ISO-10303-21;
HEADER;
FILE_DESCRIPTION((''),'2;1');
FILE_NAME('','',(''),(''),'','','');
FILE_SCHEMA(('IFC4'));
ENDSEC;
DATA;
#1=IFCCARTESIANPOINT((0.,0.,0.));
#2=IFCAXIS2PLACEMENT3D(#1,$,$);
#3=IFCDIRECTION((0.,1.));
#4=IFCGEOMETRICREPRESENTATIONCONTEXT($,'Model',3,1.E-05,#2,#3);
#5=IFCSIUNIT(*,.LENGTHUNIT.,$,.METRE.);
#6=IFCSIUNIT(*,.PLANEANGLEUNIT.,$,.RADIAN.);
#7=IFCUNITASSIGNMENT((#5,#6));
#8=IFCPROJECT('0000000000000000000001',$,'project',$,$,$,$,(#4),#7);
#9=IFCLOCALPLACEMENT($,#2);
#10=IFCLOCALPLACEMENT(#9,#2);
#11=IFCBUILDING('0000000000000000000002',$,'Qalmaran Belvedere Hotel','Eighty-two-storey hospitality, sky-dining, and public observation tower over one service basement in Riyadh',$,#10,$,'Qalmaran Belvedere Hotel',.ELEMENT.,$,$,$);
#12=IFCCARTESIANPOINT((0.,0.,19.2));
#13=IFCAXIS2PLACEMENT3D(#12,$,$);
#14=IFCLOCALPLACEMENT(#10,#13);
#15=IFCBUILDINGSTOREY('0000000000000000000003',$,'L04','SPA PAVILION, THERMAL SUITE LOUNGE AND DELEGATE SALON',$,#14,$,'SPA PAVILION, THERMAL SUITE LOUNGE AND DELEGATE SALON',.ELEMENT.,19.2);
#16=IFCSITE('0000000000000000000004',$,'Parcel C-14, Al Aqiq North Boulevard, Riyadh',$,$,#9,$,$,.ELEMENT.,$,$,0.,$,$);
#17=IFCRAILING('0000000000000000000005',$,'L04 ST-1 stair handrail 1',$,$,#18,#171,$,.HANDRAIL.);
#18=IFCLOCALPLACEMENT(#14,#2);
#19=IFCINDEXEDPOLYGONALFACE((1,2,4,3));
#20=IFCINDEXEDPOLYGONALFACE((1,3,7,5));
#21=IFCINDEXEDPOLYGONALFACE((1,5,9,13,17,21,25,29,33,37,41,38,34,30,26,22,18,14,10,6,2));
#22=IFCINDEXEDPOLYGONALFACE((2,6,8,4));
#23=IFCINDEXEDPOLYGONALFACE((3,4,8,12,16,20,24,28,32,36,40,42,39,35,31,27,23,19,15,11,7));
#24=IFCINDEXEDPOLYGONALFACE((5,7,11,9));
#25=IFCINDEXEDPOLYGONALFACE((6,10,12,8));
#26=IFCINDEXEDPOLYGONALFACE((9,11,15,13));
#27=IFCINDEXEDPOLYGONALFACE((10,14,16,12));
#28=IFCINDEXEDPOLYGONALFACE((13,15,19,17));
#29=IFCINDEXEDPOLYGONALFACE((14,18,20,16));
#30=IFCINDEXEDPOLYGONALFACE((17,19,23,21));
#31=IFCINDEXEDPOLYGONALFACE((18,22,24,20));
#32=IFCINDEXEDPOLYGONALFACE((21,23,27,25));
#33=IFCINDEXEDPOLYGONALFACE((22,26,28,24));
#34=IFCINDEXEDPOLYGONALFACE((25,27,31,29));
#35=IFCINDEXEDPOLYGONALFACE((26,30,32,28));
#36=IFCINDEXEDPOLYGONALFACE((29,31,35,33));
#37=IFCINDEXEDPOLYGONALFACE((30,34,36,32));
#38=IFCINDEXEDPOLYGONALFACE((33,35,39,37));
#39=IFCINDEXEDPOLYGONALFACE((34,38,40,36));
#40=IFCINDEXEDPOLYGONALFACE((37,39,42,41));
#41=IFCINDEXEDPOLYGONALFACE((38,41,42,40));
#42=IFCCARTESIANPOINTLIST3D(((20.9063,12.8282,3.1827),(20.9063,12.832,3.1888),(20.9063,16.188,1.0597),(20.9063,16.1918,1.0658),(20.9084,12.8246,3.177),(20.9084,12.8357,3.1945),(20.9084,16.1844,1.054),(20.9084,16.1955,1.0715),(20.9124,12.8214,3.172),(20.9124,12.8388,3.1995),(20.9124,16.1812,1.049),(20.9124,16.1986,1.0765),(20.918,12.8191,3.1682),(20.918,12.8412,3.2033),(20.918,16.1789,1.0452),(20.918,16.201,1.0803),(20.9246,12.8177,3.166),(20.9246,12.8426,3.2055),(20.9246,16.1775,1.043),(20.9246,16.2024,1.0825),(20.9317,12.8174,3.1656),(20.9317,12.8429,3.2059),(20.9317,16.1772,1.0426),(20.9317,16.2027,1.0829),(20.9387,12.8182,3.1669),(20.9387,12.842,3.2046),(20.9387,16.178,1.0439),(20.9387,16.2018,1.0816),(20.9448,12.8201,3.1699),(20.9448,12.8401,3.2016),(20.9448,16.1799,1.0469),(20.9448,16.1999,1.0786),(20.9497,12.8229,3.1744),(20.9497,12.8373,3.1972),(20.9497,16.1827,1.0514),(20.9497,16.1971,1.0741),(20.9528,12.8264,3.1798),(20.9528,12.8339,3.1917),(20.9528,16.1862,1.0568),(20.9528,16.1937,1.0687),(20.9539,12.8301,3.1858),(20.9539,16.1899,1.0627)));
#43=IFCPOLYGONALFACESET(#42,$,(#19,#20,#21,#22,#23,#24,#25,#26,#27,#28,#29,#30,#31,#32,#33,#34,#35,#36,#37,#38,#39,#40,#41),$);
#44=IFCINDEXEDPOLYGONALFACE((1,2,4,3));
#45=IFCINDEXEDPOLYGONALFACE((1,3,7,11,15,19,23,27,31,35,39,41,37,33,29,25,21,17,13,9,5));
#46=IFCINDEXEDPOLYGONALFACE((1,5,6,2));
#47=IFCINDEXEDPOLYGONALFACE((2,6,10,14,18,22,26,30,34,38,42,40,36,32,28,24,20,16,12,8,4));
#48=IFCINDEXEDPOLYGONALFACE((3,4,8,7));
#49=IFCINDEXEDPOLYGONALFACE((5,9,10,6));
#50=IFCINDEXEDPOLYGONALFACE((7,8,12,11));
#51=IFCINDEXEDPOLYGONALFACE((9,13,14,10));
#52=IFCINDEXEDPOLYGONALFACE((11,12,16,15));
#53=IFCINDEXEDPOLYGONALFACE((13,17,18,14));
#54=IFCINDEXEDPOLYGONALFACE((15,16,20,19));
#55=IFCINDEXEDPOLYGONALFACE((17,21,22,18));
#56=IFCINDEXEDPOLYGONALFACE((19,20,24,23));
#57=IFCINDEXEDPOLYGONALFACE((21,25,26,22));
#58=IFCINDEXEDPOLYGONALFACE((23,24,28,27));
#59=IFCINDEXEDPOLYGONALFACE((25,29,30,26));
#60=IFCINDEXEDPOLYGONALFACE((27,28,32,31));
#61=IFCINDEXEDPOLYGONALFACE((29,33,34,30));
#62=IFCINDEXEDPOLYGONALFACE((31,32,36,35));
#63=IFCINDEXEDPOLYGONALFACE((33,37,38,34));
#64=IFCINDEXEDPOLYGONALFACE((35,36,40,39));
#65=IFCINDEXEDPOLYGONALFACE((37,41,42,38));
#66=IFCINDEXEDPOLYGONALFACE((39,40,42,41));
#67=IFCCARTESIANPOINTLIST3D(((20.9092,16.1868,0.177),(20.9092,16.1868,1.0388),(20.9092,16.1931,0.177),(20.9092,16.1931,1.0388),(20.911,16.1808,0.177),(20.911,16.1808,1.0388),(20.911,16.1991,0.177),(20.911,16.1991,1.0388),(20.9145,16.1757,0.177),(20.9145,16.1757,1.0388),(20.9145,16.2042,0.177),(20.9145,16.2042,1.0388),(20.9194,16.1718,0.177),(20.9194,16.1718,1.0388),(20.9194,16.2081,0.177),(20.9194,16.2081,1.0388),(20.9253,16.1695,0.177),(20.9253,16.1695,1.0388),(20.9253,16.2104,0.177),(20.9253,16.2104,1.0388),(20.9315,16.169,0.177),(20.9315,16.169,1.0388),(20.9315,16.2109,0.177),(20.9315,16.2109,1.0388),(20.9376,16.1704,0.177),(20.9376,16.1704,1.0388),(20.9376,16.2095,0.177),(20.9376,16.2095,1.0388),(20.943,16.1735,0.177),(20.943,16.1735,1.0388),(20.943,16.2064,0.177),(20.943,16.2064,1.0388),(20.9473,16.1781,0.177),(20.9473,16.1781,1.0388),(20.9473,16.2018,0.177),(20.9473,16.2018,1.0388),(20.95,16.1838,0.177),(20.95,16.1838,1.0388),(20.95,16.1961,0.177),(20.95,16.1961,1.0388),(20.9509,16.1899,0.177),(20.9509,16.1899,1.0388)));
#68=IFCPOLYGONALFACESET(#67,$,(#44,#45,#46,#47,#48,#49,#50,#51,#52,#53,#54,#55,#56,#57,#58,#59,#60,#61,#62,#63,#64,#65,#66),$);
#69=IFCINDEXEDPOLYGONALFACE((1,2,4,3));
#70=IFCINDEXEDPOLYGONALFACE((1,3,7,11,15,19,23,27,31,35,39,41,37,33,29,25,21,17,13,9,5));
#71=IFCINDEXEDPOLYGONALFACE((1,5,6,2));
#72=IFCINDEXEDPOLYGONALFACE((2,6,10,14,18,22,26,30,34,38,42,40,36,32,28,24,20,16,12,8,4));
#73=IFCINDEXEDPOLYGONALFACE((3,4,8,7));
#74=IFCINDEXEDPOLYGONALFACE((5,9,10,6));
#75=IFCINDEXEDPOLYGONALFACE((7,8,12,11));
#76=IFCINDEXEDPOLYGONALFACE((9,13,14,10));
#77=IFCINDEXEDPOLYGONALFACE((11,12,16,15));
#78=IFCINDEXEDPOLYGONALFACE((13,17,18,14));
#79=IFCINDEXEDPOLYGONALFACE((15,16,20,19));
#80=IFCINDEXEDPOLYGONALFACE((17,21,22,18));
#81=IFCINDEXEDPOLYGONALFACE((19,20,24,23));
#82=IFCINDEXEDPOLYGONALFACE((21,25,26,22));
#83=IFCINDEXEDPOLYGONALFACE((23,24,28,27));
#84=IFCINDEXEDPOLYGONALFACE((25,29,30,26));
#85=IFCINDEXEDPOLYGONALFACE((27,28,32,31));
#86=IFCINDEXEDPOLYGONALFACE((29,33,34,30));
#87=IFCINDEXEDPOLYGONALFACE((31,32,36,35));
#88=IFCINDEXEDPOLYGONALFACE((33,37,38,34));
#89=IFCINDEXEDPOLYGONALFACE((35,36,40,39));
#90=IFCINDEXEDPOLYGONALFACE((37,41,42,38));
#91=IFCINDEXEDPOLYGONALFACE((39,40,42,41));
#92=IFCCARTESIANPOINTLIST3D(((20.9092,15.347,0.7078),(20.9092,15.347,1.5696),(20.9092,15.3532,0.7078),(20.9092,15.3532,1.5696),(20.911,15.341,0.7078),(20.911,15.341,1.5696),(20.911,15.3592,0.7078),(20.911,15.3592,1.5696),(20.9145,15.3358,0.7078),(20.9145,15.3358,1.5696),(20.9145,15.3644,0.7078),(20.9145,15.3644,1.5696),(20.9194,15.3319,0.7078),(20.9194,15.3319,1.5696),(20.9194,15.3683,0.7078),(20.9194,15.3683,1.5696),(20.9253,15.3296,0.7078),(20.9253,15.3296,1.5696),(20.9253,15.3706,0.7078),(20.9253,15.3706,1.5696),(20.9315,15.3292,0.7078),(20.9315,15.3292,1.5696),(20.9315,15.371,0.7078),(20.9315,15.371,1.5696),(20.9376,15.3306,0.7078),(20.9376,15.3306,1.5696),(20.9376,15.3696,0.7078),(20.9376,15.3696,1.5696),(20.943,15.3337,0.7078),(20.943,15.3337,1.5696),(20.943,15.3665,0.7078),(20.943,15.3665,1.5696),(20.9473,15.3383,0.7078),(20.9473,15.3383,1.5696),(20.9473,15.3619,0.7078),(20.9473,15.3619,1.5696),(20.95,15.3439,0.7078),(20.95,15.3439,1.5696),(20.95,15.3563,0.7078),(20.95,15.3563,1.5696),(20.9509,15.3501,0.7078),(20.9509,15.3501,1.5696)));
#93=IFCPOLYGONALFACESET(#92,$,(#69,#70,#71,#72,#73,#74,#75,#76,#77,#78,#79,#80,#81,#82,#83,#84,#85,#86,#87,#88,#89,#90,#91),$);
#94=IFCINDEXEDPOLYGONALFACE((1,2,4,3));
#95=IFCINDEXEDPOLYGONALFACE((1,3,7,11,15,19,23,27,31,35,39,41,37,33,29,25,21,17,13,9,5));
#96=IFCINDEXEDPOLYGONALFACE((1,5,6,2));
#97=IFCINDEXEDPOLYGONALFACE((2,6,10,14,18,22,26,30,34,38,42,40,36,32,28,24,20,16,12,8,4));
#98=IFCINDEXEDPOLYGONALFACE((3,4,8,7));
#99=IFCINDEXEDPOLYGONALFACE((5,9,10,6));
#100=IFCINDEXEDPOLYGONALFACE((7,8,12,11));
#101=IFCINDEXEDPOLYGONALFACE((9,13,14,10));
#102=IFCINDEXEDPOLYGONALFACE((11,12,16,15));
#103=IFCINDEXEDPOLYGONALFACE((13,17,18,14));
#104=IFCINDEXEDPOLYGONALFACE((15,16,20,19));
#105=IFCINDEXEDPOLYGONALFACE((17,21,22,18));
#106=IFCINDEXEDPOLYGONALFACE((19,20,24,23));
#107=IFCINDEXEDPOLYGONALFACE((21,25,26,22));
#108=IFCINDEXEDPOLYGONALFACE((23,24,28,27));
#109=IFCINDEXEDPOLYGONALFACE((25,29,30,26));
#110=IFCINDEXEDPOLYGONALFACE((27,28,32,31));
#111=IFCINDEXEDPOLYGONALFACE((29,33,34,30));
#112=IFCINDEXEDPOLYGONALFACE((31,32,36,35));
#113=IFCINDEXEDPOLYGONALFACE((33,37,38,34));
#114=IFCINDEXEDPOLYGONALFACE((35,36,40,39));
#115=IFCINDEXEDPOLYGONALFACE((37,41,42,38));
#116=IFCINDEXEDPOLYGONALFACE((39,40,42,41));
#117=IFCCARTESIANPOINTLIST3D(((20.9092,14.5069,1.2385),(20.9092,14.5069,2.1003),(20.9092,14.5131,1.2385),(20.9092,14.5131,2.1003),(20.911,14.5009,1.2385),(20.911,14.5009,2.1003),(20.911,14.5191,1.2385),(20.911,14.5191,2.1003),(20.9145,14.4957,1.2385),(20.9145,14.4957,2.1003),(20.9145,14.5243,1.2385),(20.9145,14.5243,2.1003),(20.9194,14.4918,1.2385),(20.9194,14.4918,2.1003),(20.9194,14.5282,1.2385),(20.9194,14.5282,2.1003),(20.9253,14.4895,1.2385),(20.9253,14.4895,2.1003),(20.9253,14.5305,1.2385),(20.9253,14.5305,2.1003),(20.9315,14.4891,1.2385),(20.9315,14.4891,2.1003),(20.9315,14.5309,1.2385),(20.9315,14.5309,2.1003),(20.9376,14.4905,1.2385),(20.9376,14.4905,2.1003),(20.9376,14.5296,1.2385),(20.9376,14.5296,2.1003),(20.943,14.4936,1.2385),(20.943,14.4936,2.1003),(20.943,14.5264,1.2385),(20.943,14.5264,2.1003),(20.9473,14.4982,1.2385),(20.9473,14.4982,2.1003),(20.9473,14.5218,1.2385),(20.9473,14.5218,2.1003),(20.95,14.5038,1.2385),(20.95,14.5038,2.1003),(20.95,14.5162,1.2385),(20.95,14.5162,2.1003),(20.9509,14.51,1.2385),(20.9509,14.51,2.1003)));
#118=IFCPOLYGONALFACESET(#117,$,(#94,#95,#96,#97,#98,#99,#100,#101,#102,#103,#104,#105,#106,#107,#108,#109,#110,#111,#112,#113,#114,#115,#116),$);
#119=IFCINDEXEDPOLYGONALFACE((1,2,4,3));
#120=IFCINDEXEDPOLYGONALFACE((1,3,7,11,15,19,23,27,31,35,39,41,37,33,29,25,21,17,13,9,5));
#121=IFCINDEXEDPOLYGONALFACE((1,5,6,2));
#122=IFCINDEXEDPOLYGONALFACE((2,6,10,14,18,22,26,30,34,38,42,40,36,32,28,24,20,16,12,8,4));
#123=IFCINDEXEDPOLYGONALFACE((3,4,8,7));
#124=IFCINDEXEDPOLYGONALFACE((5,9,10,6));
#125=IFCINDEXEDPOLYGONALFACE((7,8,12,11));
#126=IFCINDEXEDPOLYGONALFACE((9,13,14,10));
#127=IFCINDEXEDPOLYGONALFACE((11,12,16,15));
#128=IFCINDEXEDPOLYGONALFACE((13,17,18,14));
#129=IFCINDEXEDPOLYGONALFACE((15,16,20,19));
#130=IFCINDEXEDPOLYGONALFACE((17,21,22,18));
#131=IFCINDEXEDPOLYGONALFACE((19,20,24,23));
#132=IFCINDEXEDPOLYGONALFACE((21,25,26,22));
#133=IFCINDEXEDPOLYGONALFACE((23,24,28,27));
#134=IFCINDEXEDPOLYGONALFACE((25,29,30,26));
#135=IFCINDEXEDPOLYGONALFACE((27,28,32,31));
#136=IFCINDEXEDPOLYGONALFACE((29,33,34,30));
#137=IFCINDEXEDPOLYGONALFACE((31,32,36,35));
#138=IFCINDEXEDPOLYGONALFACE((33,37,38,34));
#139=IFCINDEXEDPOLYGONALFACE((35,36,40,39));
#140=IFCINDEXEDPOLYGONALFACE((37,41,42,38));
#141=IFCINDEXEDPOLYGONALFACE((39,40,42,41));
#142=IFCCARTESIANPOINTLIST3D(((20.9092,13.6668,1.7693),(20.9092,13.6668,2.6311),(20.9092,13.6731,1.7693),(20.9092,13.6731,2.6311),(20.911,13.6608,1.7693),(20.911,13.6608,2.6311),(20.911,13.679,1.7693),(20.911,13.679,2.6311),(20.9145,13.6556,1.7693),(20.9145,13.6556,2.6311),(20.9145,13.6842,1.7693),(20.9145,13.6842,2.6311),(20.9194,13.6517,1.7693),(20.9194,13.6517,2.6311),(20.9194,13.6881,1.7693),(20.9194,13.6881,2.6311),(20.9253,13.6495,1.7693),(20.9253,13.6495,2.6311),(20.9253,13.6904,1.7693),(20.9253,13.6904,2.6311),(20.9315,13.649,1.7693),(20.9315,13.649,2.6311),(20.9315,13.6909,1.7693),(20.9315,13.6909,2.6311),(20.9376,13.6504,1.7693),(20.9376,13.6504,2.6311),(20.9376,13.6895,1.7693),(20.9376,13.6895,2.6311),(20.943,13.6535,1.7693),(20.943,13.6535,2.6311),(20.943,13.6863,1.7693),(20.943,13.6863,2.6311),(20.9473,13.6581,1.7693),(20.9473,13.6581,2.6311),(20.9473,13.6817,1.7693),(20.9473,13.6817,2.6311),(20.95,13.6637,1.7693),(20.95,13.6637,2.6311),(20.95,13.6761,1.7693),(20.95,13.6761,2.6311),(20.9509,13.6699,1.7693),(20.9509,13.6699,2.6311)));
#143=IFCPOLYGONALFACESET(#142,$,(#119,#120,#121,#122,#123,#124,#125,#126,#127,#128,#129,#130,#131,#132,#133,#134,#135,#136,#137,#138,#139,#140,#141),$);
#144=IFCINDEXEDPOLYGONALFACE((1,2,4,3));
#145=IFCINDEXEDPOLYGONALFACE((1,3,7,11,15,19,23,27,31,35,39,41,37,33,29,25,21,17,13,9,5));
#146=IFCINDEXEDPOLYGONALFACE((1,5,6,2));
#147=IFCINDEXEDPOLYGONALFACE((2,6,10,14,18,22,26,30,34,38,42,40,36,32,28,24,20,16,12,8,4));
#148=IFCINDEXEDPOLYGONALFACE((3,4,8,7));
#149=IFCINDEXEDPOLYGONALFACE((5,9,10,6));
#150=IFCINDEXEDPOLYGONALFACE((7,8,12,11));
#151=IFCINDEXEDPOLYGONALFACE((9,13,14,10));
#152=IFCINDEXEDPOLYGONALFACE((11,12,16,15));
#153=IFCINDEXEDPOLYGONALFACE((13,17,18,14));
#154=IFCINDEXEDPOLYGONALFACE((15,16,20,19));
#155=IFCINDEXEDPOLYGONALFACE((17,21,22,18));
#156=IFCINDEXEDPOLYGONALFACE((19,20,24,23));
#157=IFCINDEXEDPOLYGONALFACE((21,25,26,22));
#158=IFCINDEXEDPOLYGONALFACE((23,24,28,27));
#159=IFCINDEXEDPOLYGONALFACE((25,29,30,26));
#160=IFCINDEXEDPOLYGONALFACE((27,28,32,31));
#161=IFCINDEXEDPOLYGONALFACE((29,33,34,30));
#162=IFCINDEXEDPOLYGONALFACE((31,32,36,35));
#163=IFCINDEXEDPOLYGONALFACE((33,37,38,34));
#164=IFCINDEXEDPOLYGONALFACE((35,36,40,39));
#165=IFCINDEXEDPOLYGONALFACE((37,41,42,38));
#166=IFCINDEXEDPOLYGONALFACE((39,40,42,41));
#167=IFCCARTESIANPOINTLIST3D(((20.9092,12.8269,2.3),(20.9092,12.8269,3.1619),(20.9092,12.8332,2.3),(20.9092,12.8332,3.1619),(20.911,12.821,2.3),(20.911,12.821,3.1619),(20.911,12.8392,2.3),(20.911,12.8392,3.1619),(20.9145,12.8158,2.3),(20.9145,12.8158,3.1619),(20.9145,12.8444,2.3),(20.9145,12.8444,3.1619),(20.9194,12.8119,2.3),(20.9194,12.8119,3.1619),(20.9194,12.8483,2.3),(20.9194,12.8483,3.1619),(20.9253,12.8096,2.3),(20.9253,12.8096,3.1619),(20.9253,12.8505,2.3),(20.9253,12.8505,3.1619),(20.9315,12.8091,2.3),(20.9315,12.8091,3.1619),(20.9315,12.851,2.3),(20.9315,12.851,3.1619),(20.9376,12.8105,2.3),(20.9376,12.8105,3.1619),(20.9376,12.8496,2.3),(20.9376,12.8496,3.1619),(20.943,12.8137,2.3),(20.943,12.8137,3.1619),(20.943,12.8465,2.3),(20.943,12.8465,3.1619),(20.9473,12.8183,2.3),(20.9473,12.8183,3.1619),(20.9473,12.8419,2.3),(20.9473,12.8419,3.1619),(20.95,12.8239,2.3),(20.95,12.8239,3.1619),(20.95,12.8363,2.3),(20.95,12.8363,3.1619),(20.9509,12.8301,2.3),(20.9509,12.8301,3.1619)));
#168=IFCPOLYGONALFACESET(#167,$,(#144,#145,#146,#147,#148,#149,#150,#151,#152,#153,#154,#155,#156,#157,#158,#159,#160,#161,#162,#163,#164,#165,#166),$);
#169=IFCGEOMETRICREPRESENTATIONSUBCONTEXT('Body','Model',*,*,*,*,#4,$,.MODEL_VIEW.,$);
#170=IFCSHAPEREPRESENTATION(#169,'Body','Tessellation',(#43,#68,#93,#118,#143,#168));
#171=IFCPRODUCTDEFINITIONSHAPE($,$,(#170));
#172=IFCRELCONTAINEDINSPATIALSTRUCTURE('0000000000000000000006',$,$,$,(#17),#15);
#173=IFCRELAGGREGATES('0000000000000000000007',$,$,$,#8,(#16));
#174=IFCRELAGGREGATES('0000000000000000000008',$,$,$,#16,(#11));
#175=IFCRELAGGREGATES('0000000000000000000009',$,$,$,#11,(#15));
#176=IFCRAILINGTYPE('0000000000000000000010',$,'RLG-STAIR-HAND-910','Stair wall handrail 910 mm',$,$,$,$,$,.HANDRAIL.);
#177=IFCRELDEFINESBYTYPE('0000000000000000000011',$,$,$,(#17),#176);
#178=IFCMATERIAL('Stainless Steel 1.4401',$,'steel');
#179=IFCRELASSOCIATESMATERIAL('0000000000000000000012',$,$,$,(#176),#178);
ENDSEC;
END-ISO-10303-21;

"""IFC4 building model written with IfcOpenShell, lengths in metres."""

from ifc_helpers import new_model, si_unit, direction, frame, origin, origin_2d, place, context, subcontext, project, spatial, circle, extrude, material, type_object, element, save


model = new_model("IFC4")

# Units and contexts
model_context = context("Model", 3, precision=1e-05, world=origin(), true_north=direction((0.0, 1.0)))
body_context = subcontext(model_context, "Body", "Model", "MODEL_VIEW")
ifc_project = project(units=[si_unit("LENGTHUNIT", "METRE"), si_unit("PLANEANGLEUNIT", "RADIAN")], contexts=[model_context])

# Site, building, storey
site_placement = place(None, origin())
site = spatial("IfcSite", under=ifc_project, at=site_placement, Name="Parcel C-14, Al Aqiq North Boulevard, Riyadh", CompositionType="ELEMENT", RefElevation=0.0)
building_placement = place(site_placement, origin())
building = spatial("IfcBuilding", under=site, at=building_placement, Name="Qalmaran Belvedere Hotel", Description="Eighty-two-storey hospitality, sky-dining, and public observation tower over one service basement in Riyadh", LongName="Qalmaran Belvedere Hotel", CompositionType="ELEMENT")
storey_placement = place(building_placement, frame((0.0, 0.0, 19.2)))
storey = spatial("IfcBuildingStorey", under=building, at=storey_placement, Name="L04", Description="SPA PAVILION, THERMAL SUITE LOUNGE AND DELEGATE SALON", LongName="SPA PAVILION, THERMAL SUITE LOUNGE AND DELEGATE SALON", CompositionType="ELEMENT", Elevation=19.2)

# Railing
ifc_material_1 = material(Name="Stainless Steel 1.4401", Category="steel")
railing_type_1 = type_object("IfcRailingType", Name="RLG-STAIR-HAND-910", Description="Stair wall handrail 910 mm", PredefinedType="HANDRAIL", material=ifc_material_1)
railing_1_placement = place(storey_placement, frame((20.9299, 16.1899, 0.177)))
element("IfcRailing", 1, at=railing_1_placement, inside=storey, type_object=railing_type_1, Name="L04 ST-1 stair handrail 1", PredefinedType="HANDRAIL", context=body_context, shape_type="SweptSolid", body=[
    extrude(circle(Radius=0.0239, at=origin_2d()), frame((0.0, 0.0, 0.8857), z_axis=(0.0, -0.845372, 0.534178), x_axis=(1.0, 0.0, 0.0)), (0.0, 0.0, 1.0), 3.9744),
    extrude(circle(Radius=0.021, at=origin_2d()), origin(), (0.0, 0.0, 1.0), 0.8618),
    extrude(circle(Radius=0.021, at=origin_2d()), frame((0.0, -0.8398, 0.5308)), (0.0, 0.0, 1.0), 0.8618),
    extrude(circle(Radius=0.021, at=origin_2d()), frame((0.0, -1.6799, 1.0615)), (0.0, 0.0, 1.0), 0.8618),
    extrude(circle(Radius=0.021, at=origin_2d()), frame((0.0, -2.52, 1.5923)), (0.0, 0.0, 1.0), 0.8618),
    extrude(circle(Radius=0.021, at=origin_2d()), frame((0.0, -3.3599, 2.123)), (0.0, 0.0, 1.0), 0.8618),
])

save(model, "model.ifc")
